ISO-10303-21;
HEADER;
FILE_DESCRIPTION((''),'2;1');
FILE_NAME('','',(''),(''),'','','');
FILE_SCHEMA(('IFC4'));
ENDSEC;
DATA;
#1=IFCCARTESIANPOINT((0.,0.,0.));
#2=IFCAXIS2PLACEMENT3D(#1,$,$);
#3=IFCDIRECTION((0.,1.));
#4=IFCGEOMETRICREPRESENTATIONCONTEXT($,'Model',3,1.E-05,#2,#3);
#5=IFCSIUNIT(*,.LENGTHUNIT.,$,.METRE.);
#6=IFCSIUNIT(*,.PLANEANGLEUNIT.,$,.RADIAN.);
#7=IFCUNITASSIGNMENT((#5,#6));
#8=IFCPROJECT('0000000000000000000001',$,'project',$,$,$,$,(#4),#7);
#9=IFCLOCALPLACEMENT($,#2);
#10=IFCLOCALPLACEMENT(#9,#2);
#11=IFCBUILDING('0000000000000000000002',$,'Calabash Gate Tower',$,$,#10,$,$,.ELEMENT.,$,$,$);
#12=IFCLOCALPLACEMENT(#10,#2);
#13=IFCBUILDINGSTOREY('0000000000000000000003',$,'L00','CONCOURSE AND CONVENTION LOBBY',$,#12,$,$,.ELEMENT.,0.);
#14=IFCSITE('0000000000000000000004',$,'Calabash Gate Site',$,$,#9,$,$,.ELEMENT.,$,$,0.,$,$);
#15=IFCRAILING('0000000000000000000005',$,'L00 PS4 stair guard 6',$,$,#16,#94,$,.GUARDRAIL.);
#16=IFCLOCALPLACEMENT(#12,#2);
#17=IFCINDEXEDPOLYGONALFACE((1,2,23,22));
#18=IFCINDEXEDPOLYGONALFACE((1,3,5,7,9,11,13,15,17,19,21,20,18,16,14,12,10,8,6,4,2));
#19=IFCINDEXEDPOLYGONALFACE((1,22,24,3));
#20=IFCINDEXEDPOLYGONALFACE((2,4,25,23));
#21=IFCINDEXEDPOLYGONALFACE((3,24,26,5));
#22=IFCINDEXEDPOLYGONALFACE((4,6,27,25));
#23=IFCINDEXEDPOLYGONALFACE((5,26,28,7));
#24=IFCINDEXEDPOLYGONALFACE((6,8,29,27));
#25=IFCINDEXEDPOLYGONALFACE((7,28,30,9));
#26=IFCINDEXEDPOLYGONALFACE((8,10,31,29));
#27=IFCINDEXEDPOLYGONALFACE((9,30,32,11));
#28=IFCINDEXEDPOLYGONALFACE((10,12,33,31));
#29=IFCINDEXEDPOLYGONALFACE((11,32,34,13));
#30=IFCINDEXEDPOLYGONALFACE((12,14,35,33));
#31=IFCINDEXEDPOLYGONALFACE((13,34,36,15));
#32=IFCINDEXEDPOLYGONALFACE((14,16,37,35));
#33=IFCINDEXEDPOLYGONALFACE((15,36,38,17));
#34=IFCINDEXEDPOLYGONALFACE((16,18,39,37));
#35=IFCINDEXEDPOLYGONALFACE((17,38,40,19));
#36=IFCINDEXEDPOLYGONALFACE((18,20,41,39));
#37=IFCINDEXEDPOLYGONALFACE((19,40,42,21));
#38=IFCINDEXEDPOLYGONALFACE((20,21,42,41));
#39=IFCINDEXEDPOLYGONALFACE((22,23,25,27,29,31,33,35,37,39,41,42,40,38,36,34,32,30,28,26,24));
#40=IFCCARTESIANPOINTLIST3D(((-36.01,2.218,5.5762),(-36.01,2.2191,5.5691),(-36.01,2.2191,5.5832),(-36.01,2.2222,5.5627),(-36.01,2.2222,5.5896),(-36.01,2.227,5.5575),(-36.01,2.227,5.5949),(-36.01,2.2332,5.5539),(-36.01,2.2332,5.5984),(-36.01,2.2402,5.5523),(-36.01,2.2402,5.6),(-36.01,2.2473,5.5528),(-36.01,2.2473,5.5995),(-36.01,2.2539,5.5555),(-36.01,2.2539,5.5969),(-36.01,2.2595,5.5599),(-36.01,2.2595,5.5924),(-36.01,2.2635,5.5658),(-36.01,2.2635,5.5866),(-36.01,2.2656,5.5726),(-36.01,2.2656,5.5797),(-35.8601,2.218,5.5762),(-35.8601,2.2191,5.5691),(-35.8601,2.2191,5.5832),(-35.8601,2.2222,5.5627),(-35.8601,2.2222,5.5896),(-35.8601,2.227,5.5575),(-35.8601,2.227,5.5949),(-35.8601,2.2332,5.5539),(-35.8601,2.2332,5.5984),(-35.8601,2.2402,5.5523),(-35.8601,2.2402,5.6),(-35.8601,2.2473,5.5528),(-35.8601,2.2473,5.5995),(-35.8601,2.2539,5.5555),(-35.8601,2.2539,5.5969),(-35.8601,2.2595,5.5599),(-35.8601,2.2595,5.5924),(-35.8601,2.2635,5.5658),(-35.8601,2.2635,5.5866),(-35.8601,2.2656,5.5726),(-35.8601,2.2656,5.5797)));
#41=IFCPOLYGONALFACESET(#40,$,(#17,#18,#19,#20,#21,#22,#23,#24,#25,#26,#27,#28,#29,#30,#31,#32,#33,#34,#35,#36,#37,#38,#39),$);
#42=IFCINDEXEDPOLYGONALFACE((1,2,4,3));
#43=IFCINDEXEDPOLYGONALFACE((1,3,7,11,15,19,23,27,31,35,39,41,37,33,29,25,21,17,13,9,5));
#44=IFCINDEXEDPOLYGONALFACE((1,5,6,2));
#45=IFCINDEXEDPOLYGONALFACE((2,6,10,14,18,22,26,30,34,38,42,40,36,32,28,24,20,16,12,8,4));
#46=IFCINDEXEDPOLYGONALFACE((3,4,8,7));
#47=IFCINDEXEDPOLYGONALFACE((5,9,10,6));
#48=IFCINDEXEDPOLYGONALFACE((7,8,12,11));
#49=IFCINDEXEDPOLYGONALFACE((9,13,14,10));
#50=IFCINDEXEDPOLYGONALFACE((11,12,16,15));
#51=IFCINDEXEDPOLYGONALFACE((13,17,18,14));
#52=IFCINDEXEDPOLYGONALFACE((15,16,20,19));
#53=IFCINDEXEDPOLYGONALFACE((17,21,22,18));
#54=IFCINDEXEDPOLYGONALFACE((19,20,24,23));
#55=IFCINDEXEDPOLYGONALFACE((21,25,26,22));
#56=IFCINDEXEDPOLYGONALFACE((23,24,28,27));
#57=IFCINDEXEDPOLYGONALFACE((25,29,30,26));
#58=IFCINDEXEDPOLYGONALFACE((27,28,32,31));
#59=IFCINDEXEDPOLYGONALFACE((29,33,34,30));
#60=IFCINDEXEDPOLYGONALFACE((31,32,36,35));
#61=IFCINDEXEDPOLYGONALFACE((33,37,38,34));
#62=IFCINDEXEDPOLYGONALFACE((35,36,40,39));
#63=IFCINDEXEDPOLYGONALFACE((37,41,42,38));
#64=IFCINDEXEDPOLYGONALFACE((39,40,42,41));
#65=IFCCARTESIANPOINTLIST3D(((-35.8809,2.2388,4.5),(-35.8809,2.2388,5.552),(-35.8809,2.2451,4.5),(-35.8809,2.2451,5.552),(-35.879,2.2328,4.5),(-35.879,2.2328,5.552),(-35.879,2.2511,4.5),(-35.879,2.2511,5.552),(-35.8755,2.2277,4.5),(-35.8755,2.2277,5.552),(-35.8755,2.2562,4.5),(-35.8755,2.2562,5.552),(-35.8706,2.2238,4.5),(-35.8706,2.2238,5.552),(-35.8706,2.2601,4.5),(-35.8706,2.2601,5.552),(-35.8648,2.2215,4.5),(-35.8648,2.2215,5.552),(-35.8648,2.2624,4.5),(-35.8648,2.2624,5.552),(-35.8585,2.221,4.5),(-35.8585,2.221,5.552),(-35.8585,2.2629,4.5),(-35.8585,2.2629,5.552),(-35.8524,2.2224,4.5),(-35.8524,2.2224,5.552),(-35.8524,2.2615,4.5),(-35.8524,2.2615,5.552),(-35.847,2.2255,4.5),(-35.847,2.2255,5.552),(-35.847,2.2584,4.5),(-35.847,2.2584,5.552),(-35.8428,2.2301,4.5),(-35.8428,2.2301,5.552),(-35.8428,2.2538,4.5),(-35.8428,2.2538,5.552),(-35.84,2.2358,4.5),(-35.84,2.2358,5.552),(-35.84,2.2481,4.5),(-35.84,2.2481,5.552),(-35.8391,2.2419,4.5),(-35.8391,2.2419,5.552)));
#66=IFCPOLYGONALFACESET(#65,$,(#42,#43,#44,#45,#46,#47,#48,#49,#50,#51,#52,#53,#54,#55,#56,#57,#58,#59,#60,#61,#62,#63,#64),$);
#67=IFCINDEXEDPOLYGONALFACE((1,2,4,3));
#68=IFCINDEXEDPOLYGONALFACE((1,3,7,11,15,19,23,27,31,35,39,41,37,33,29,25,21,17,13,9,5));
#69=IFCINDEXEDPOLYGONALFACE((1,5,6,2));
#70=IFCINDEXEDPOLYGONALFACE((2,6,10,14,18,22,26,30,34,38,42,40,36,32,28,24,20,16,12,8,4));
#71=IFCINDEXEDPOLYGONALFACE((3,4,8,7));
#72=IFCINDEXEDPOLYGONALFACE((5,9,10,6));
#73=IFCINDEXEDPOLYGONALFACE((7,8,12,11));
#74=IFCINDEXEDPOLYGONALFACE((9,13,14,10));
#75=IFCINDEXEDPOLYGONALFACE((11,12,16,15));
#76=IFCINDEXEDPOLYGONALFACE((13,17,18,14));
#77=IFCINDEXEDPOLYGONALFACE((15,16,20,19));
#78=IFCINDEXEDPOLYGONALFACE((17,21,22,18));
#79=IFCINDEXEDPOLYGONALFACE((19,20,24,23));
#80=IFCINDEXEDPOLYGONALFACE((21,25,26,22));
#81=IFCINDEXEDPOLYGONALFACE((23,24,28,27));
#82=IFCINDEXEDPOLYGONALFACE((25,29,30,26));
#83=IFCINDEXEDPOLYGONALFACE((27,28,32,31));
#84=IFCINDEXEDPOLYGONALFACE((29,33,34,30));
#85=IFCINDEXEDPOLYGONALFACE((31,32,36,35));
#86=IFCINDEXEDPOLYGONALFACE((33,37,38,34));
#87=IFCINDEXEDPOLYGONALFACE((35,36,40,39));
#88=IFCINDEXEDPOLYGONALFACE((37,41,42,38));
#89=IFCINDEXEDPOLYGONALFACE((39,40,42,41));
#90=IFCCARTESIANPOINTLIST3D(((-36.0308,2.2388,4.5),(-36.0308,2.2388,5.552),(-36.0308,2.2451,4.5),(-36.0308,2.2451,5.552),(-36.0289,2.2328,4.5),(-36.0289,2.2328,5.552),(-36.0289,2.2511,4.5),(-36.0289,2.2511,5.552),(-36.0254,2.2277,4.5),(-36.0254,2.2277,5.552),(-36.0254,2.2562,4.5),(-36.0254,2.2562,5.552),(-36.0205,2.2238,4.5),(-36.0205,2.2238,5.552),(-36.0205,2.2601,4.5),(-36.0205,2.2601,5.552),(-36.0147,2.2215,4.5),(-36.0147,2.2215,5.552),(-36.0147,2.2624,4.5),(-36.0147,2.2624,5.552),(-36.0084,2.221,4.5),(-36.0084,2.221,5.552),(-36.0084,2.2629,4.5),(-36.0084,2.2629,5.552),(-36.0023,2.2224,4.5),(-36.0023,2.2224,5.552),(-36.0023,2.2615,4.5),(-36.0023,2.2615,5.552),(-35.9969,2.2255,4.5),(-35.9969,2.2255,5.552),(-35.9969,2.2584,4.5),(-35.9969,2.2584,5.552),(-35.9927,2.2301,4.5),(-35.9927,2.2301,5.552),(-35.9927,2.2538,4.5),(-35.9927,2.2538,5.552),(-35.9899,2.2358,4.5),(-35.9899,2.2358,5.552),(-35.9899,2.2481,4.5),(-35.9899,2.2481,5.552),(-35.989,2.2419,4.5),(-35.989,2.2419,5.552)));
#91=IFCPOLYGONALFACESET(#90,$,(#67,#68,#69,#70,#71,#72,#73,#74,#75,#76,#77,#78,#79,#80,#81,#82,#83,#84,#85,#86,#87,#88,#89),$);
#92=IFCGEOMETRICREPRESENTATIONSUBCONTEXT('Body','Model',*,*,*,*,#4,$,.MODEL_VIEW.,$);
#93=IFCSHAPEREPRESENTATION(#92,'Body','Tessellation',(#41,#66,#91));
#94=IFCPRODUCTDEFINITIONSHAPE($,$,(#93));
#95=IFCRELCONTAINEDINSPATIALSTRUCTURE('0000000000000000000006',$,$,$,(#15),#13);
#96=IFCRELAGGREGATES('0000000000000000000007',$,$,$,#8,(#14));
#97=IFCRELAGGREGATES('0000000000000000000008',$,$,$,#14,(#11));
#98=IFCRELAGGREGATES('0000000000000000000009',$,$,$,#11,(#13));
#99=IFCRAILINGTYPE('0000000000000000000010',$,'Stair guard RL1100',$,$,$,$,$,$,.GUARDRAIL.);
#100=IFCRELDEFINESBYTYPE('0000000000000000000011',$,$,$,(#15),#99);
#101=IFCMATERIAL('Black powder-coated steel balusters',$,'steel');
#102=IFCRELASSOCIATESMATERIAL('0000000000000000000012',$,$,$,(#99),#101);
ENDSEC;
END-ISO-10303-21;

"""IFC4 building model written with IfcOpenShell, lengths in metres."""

from ifc_helpers import new_model, si_unit, direction, frame, origin, origin_2d, place, context, subcontext, project, spatial, circle, extrude, material, type_object, element, save


model = new_model("IFC4")

# Units and contexts
model_context = context("Model", 3, precision=1e-05, world=origin(), true_north=direction((0.0, 1.0)))
body_context = subcontext(model_context, "Body", "Model", "MODEL_VIEW")
ifc_project = project(units=[si_unit("LENGTHUNIT", "METRE"), si_unit("PLANEANGLEUNIT", "RADIAN")], contexts=[model_context])

# Site, building, storey
site_placement = place(None, origin())
site = spatial("IfcSite", under=ifc_project, at=site_placement, Name="Calabash Gate Site", CompositionType="ELEMENT", RefElevation=0.0)
building_placement = place(site_placement, origin())
building = spatial("IfcBuilding", under=site, at=building_placement, Name="Calabash Gate Tower", CompositionType="ELEMENT")
storey_placement = place(building_placement, origin())
storey = spatial("IfcBuildingStorey", under=building, at=storey_placement, Name="L00", Description="CONCOURSE AND CONVENTION LOBBY", CompositionType="ELEMENT", Elevation=0.0)

# Railing
ifc_material_1 = material(Name="Black powder-coated steel balusters", Category="steel")
railing_type_1 = type_object("IfcRailingType", Name="Stair guard RL1100", PredefinedType="GUARDRAIL", material=ifc_material_1)
railing_1_placement = place(storey_placement, frame((-35.8601, 2.2419, 4.5)))
element("IfcRailing", 1, at=railing_1_placement, inside=storey, type_object=railing_type_1, Name="L00 PS4 stair guard 6", PredefinedType="GUARDRAIL", context=body_context, shape_type="SweptSolid", body=[
    extrude(circle(Radius=0.0239, at=origin_2d()), frame((0.0, 0.0, 1.0762), z_axis=(-1.0, 0.0, 0.0), x_axis=(0.0, -1.0, 0.0)), (0.0, 0.0, 1.0), 0.1499),
    extrude(circle(Radius=0.021, at=origin_2d()), origin(), (0.0, 0.0, 1.0), 1.052),
    extrude(circle(Radius=0.021, at=origin_2d()), frame((-0.1499, 0.0, 0.0)), (0.0, 0.0, 1.0), 1.052),
])

save(model, "model.ifc")
